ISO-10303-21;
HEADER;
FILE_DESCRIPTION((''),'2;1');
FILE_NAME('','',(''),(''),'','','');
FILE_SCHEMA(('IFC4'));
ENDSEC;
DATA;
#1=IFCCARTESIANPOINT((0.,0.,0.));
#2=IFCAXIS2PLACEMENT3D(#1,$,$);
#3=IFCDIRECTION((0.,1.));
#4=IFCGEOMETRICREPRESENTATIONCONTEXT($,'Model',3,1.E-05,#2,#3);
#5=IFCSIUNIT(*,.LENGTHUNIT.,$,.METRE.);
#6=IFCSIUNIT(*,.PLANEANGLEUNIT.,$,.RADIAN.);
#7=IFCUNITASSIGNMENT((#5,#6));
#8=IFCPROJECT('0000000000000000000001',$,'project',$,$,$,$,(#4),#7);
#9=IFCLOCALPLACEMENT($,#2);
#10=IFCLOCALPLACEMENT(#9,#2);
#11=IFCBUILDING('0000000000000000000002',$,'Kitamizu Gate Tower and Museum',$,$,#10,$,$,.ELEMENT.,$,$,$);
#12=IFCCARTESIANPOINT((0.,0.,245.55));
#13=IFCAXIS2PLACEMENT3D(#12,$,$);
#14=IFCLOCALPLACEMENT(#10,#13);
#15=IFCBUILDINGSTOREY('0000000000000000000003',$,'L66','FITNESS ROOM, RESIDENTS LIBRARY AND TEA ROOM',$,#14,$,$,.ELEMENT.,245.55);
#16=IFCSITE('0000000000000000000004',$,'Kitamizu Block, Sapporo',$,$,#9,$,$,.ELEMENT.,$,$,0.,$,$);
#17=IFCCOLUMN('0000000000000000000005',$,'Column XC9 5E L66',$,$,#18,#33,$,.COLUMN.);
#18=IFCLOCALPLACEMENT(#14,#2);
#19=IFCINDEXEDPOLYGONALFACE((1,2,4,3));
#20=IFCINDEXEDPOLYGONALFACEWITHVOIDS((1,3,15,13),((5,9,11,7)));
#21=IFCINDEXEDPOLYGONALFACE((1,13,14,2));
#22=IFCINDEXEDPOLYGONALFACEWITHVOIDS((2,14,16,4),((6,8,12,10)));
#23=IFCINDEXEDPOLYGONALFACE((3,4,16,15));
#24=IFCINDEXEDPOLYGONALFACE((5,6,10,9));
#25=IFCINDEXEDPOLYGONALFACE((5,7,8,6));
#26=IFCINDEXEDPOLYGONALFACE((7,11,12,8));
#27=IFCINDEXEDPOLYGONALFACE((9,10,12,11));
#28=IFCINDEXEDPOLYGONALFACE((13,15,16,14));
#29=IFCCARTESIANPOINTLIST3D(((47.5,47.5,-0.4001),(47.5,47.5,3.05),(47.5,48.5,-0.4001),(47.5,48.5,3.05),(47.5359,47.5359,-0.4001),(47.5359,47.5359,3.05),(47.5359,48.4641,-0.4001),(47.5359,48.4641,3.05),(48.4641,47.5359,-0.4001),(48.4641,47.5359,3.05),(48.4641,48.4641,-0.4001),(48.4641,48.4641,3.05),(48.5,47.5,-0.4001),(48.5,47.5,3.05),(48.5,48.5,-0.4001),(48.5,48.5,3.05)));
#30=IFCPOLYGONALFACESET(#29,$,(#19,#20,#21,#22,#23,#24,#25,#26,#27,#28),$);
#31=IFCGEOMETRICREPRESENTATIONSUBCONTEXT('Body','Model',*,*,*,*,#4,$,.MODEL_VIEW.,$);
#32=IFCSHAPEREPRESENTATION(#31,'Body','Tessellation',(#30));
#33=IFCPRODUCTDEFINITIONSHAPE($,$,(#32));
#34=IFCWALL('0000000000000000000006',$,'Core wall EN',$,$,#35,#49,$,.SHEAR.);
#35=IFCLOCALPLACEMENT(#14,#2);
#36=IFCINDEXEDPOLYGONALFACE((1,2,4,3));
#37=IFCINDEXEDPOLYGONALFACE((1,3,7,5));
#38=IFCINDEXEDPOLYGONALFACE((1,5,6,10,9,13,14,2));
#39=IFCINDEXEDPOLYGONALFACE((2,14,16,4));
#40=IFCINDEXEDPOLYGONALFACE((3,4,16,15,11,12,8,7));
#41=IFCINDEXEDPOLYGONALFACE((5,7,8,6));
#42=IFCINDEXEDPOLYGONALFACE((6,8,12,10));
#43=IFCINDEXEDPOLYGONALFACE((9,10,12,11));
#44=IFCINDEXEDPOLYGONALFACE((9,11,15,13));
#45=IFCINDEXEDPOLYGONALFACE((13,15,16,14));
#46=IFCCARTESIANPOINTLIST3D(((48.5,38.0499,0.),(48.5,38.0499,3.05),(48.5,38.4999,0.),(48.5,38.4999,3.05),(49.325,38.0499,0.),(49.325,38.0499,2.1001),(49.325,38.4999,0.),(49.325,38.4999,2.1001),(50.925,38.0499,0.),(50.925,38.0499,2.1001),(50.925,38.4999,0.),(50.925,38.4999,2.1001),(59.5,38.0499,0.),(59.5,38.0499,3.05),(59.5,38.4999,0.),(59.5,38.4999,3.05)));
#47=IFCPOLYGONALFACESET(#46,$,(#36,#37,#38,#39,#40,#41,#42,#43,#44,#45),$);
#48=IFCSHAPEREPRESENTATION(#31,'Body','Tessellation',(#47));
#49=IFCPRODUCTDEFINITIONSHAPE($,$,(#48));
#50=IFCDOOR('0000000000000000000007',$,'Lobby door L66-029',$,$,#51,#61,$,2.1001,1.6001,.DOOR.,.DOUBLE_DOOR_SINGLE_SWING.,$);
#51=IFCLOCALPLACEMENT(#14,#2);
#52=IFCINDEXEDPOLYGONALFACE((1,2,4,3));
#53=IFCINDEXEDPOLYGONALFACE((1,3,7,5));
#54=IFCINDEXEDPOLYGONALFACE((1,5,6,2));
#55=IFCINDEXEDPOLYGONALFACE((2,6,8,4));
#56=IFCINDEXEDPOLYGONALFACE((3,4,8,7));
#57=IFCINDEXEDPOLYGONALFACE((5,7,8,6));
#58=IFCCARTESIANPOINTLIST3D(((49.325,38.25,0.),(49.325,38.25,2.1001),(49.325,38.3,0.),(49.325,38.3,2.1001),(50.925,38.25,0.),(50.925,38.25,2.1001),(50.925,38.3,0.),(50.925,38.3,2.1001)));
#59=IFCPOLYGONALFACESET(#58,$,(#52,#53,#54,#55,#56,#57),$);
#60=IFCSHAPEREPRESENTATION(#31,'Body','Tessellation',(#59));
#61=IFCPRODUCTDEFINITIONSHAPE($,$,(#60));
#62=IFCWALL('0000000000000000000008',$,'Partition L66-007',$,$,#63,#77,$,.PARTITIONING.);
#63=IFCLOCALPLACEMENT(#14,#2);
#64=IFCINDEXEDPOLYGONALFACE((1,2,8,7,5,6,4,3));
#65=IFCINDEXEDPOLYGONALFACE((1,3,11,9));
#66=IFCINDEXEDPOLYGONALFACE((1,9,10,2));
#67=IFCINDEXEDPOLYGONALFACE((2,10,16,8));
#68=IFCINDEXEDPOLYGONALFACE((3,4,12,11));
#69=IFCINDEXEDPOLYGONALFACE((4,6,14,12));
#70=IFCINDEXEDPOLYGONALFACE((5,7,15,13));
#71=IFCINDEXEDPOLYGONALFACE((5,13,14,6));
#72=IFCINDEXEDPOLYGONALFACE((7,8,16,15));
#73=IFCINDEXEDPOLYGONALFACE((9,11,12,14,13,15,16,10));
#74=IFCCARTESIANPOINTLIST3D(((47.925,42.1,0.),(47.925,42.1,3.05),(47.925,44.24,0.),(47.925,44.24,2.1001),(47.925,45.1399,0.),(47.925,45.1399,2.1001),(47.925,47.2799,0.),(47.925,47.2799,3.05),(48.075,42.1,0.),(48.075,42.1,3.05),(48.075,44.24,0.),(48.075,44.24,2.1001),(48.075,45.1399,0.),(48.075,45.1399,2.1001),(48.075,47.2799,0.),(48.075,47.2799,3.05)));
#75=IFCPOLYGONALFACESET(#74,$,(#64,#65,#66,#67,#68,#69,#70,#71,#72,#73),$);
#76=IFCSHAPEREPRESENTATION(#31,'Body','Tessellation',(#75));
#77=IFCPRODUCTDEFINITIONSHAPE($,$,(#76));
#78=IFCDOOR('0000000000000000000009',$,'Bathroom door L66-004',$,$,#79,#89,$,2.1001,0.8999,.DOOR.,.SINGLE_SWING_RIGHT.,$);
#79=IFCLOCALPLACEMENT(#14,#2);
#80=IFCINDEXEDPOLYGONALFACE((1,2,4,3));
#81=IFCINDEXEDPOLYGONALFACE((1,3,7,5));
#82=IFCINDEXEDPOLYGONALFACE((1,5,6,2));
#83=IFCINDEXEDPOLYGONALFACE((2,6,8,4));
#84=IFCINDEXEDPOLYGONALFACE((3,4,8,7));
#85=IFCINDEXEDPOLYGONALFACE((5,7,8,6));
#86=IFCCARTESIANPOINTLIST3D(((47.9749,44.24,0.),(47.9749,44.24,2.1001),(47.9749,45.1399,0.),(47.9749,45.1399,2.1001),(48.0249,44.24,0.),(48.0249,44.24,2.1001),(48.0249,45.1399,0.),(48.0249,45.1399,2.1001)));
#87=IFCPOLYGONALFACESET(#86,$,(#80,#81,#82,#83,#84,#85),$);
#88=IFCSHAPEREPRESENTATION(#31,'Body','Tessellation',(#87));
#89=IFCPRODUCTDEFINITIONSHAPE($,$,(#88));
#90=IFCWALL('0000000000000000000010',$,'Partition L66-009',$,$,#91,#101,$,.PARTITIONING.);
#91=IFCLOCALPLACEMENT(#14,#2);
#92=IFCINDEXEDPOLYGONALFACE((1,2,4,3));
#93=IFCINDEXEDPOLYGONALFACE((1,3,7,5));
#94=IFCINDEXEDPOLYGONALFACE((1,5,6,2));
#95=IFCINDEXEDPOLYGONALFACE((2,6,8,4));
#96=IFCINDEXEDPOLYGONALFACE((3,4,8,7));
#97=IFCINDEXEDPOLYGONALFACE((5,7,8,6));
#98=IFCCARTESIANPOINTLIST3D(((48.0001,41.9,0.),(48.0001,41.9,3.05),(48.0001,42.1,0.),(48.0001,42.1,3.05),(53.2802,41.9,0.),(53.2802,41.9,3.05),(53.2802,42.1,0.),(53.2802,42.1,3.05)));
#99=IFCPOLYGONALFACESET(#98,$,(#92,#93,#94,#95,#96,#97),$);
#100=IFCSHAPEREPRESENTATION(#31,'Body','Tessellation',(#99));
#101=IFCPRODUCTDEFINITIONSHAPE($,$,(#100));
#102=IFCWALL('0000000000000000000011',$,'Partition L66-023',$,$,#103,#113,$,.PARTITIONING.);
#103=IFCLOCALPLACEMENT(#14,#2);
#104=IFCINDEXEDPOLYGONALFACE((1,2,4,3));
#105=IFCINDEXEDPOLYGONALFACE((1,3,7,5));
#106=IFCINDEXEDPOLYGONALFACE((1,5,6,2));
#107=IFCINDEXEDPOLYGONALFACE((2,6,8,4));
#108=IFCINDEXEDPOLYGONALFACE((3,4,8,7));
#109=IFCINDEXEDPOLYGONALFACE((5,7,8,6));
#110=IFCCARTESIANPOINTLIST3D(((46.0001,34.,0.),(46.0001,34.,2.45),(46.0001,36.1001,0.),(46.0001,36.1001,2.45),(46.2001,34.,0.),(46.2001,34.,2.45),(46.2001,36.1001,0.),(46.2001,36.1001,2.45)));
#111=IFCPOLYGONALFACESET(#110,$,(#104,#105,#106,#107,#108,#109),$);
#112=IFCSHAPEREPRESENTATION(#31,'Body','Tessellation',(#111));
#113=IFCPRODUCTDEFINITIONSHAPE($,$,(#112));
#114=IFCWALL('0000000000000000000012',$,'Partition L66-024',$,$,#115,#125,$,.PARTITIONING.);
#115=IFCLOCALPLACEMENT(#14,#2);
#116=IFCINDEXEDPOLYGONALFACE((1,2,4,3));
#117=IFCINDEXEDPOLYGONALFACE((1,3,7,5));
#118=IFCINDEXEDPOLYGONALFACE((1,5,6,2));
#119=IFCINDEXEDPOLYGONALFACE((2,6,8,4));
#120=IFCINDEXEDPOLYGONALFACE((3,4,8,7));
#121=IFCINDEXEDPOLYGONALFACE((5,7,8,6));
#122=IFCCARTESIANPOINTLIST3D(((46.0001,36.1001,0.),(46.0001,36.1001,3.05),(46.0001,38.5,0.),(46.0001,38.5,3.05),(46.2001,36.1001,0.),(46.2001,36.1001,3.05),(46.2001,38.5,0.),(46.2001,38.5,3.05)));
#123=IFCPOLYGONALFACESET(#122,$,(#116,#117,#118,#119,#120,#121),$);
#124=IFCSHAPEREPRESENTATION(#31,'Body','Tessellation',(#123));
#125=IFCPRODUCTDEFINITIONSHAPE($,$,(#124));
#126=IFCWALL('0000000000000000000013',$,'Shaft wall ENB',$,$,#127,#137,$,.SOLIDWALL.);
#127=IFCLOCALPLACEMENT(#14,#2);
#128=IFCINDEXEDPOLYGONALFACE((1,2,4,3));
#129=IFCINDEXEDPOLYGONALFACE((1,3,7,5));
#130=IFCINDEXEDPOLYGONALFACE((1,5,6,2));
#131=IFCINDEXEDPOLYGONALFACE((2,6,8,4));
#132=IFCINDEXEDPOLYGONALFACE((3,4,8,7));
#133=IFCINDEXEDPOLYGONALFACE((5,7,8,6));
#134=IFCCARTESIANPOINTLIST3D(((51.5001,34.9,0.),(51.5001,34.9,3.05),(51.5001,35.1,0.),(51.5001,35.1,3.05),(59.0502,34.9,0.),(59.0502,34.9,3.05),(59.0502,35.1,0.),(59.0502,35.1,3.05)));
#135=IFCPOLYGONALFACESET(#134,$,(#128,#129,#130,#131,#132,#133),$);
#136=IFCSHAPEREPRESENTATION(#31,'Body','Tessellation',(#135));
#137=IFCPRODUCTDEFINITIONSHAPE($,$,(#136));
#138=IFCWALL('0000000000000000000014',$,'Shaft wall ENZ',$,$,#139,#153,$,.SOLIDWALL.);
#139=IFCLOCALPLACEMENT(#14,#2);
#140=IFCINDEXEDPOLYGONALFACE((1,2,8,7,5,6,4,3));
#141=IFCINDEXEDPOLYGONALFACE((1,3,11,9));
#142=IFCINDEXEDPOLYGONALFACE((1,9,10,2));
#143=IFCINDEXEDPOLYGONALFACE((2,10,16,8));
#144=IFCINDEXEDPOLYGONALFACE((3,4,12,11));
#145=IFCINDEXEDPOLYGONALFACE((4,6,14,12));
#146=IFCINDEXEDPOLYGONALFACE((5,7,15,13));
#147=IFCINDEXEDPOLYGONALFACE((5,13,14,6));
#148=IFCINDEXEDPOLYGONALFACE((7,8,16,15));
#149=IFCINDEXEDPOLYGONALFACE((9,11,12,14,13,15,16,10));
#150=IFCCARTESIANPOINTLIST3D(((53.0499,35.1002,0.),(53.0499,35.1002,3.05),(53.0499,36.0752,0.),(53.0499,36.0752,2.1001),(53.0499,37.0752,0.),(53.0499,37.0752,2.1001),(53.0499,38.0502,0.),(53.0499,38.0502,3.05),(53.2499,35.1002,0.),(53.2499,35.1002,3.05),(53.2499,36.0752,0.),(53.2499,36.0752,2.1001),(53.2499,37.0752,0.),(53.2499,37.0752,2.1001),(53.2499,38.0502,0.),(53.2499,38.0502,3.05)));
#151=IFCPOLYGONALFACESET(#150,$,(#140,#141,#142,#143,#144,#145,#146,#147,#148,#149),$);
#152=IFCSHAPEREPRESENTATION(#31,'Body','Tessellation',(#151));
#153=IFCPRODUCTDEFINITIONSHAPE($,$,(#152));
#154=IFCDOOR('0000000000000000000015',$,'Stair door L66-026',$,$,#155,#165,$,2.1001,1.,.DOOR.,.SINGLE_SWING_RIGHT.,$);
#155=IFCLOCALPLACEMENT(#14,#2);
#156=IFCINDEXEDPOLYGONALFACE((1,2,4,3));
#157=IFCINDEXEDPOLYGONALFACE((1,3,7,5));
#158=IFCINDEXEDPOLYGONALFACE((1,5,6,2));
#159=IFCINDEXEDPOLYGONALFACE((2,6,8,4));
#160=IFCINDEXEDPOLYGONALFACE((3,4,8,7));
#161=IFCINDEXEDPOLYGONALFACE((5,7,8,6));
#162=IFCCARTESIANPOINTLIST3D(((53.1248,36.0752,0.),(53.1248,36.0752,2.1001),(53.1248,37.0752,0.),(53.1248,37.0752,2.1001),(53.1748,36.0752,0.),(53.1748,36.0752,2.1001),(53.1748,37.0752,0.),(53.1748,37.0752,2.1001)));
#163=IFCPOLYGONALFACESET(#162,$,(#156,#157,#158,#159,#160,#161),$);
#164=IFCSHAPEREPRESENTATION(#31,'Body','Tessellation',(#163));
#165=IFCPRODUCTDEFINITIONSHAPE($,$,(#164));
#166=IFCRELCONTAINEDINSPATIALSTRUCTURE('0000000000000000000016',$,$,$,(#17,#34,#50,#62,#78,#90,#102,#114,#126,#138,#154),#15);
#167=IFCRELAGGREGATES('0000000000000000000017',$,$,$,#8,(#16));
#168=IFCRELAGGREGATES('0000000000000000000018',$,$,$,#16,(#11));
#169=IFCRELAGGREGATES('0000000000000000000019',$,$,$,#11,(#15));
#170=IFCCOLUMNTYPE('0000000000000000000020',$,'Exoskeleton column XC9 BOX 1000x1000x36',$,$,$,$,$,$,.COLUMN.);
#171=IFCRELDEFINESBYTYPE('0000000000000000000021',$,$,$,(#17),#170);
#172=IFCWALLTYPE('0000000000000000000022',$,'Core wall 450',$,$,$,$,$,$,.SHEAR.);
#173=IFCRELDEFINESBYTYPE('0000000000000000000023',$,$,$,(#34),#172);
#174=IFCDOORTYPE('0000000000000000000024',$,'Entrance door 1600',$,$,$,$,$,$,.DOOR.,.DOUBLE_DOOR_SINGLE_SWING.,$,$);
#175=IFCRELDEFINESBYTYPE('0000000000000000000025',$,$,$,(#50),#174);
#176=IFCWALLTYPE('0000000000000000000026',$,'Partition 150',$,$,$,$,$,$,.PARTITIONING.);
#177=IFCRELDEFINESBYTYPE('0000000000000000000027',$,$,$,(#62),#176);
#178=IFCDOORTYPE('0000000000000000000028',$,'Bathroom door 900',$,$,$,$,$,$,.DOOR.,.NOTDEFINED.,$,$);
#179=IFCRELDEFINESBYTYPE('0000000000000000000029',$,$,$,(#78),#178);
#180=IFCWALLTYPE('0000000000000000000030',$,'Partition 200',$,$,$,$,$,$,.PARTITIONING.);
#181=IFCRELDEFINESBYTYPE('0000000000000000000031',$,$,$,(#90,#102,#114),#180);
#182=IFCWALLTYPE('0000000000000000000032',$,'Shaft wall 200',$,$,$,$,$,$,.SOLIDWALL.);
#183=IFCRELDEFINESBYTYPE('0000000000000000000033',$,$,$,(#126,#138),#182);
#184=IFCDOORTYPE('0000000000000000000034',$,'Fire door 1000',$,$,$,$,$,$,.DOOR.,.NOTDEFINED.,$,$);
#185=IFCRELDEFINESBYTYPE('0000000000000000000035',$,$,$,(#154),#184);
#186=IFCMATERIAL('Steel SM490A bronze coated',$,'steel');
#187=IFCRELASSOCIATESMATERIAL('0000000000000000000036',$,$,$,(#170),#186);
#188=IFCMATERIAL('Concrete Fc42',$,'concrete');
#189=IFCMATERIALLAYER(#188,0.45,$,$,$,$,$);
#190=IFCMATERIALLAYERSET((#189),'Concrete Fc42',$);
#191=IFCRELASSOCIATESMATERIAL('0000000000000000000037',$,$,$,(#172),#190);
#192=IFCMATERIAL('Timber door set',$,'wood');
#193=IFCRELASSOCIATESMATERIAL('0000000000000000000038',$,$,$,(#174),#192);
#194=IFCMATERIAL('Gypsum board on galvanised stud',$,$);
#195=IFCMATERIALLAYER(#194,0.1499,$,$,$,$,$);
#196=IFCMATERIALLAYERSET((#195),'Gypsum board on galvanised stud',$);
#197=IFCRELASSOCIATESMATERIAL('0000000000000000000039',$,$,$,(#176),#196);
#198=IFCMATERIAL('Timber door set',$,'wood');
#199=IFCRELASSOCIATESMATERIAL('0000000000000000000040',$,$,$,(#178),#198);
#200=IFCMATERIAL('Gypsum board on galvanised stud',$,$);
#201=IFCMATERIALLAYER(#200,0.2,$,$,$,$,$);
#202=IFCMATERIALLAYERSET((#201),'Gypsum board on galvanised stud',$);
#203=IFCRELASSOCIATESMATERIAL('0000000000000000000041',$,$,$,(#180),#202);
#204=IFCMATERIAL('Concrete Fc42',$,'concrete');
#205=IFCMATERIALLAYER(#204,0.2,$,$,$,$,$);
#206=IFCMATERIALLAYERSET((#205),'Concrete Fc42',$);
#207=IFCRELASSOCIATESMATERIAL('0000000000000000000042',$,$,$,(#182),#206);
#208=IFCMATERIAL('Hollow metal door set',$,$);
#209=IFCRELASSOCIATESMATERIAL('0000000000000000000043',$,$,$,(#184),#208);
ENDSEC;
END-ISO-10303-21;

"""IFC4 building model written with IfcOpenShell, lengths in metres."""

from ifc_helpers import new_model, si_unit, direction, frame, frame_2d, origin, origin_2d, place, context, subcontext, project, spatial, rectangle, hollow_rectangle, extrude, material, layer, layer_set, material_profile, profile_set, type_object, element, fill, save


model = new_model("IFC4")

# Units and contexts
model_context = context("Model", 3, precision=1e-05, world=origin(), true_north=direction((0.0, 1.0)))
body_context = subcontext(model_context, "Body", "Model", "MODEL_VIEW")
ifc_project = project(units=[si_unit("LENGTHUNIT", "METRE"), si_unit("PLANEANGLEUNIT", "RADIAN")], contexts=[model_context])

# Site, building, storey
site_placement = place(None, origin())
site = spatial("IfcSite", under=ifc_project, at=site_placement, Name="Kitamizu Block, Sapporo", CompositionType="ELEMENT", RefElevation=0.0)
building_placement = place(site_placement, origin())
building = spatial("IfcBuilding", under=site, at=building_placement, Name="Kitamizu Gate Tower and Museum", CompositionType="ELEMENT")
storey_placement = place(building_placement, frame((0.0, 0.0, 245.55)))
storey = spatial("IfcBuildingStorey", under=building, at=storey_placement, Name="L66", Description="FITNESS ROOM, RESIDENTS LIBRARY AND TEA ROOM", CompositionType="ELEMENT", Elevation=245.55)

# Column
ifc_material_1 = material(Name="Steel SM490A bronze coated", Category="steel")
ifc_material_profile = material_profile(ifc_material_1, hollow_rectangle(XDim=1.0, YDim=1.0, WallThickness=0.0359, at=origin_2d()), Name="BOX 1000x1000x36")
ifc_profile_set = profile_set([ifc_material_profile], Name="Steel SM490A bronze coated")
column_type = type_object("IfcColumnType", Name="Exoskeleton column XC9 BOX 1000x1000x36", PredefinedType="COLUMN", material=ifc_profile_set)
column_placement = place(storey_placement, frame((48.0, 48.0, -0.4001), z_axis=(0.0, 0.0, 1.0), x_axis=(1.0, 0.0, 0.0)))
element("IfcColumn", 1, at=column_placement, inside=storey, type_object=column_type, Name="Column XC9 5E L66", PredefinedType="COLUMN", context=body_context, shape_type="SweptSolid", body=[
    extrude(hollow_rectangle(XDim=1.0, YDim=1.0, WallThickness=0.0359, at=origin_2d()), origin(), (0.0, 0.0, 1.0), 3.4502),
])

# Walls, openings, doors
ifc_material_2 = material(Name="Concrete Fc42", Category="concrete")
ifc_layer_1 = layer(ifc_material_2, 0.45)
ifc_layer_set_1 = layer_set([ifc_layer_1], Name="Concrete Fc42")
wall_type_1 = type_object("IfcWallType", Name="Core wall 450", PredefinedType="SHEAR", material=ifc_layer_set_1)
wall_1_placement = place(storey_placement, frame((59.5, 38.2749, 0.0), z_axis=(0.0, 0.0, 1.0), x_axis=(-1.0, 0.0, 0.0)))
wall_1 = element("IfcWall", 2, at=wall_1_placement, inside=storey, type_object=wall_type_1, Name="Core wall EN", PredefinedType="SHEAR", context=body_context, shape_type="SweptSolid", body=[
    extrude(rectangle(XDim=11.0, YDim=0.45, at=frame_2d((5.5, 0.0))), origin(), (0.0, 0.0, 1.0), 3.05),
])
opening_1_placement = place(wall_1_placement, frame((8.575, 0.0, 0.0)))
opening_1 = element("IfcOpeningElement", 3, at=opening_1_placement, cuts=wall_1, PredefinedType="OPENING", context=body_context, shape_type="SweptSolid", body=[
    extrude(rectangle(XDim=1.6001, YDim=2.1001, at=frame_2d((0.8, 1.05))), frame((0.0, 0.2349, 0.0), z_axis=(0.0, -1.0, 0.0), x_axis=(1.0, 0.0, 0.0)), (0.0, 0.0, 1.0), 0.47),
])
ifc_material_3 = material(Name="Timber door set", Category="wood")
door_type_1 = type_object("IfcDoorType", Name="Entrance door 1600", OperationType="DOUBLE_DOOR_SINGLE_SWING", PredefinedType="DOOR", material=ifc_material_3)
door_1_placement = place(opening_1_placement, origin())
door_1 = element("IfcDoor", 4, at=door_1_placement, inside=storey, type_object=door_type_1, Name="Lobby door L66-029", OperationType="DOUBLE_DOOR_SINGLE_SWING", OverallHeight=2.1001, OverallWidth=1.6001, PredefinedType="DOOR", context=body_context, shape_type="SweptSolid", body=[
    extrude(rectangle(XDim=1.6001, YDim=2.1001, at=frame_2d((0.8, 1.05))), frame((0.0, 0.0249, 0.0), z_axis=(0.0, -1.0, 0.0), x_axis=(1.0, 0.0, 0.0)), (0.0, 0.0, 1.0), 0.05),
])
fill(opening_1, door_1)
ifc_material_4 = material(Name="Gypsum board on galvanised stud")
ifc_layer_2 = layer(ifc_material_4, 0.1499)
ifc_layer_set_2 = layer_set([ifc_layer_2], Name="Gypsum board on galvanised stud")
wall_type_2 = type_object("IfcWallType", Name="Partition 150", PredefinedType="PARTITIONING", material=ifc_layer_set_2)
wall_2_placement = place(storey_placement, frame((48.0, 42.1001, 0.0), z_axis=(0.0, 0.0, 1.0), x_axis=(0.0, 1.0, 0.0)))
wall_2 = element("IfcWall", 5, at=wall_2_placement, inside=storey, type_object=wall_type_2, Name="Partition L66-007", PredefinedType="PARTITIONING", context=body_context, shape_type="SweptSolid", body=[
    extrude(rectangle(XDim=5.1799, YDim=0.1499, at=frame_2d((2.5898, 0.0))), origin(), (0.0, 0.0, 1.0), 3.05),
])
opening_2_placement = place(wall_2_placement, frame((2.1399, 0.0, 0.0)))
opening_2 = element("IfcOpeningElement", 6, at=opening_2_placement, cuts=wall_2, PredefinedType="OPENING", context=body_context, shape_type="SweptSolid", body=[
    extrude(rectangle(XDim=0.8999, YDim=2.1001, at=frame_2d((0.45, 1.05))), frame((0.0, 0.085, 0.0), z_axis=(0.0, -1.0, 0.0), x_axis=(1.0, 0.0, 0.0)), (0.0, 0.0, 1.0), 0.1699),
])
ifc_material_5 = material(Name="Timber door set", Category="wood")
door_type_2 = type_object("IfcDoorType", Name="Bathroom door 900", OperationType="NOTDEFINED", PredefinedType="DOOR", material=ifc_material_5)
door_2_placement = place(opening_2_placement, frame((0.8999, 0.0, 0.0), x_axis=(-1.0, 0.0, 0.0)))
door_2 = element("IfcDoor", 7, at=door_2_placement, inside=storey, type_object=door_type_2, Name="Bathroom door L66-004", OperationType="SINGLE_SWING_RIGHT", OverallHeight=2.1001, OverallWidth=0.8999, PredefinedType="DOOR", context=body_context, shape_type="SweptSolid", body=[
    extrude(rectangle(XDim=0.8999, YDim=2.1001, at=frame_2d((0.45, 1.05))), frame((0.0, 0.0249, 0.0), z_axis=(0.0, -1.0, 0.0), x_axis=(1.0, 0.0, 0.0)), (0.0, 0.0, 1.0), 0.05),
])
fill(opening_2, door_2)

# Walls
ifc_material_6 = material(Name="Gypsum board on galvanised stud")
ifc_layer_3 = layer(ifc_material_6, 0.2)
ifc_layer_set_3 = layer_set([ifc_layer_3], Name="Gypsum board on galvanised stud")
wall_type_3 = type_object("IfcWallType", Name="Partition 200", PredefinedType="PARTITIONING", material=ifc_layer_set_3)
wall_3_placement = place(storey_placement, frame((48.0, 42.0, 0.0), z_axis=(0.0, 0.0, 1.0), x_axis=(1.0, 0.0, 0.0)))
element("IfcWall", 8, at=wall_3_placement, inside=storey, type_object=wall_type_3, Name="Partition L66-009", PredefinedType="PARTITIONING", context=body_context, shape_type="SweptSolid", body=[
    extrude(rectangle(XDim=5.28, YDim=0.2, at=frame_2d((2.6401, 0.0))), origin(), (0.0, 0.0, 1.0), 3.05),
])
wall_4_placement = place(storey_placement, frame((46.1001, 34.0, 0.0), z_axis=(0.0, 0.0, 1.0), x_axis=(0.0, 1.0, 0.0)))
element("IfcWall", 9, at=wall_4_placement, inside=storey, type_object=wall_type_3, Name="Partition L66-023", PredefinedType="PARTITIONING", context=body_context, shape_type="SweptSolid", body=[
    extrude(rectangle(XDim=2.1001, YDim=0.2, at=frame_2d((1.05, 0.0))), origin(), (0.0, 0.0, 1.0), 2.45),
])
wall_5_placement = place(storey_placement, frame((46.1001, 36.1001, 0.0), z_axis=(0.0, 0.0, 1.0), x_axis=(0.0, 1.0, 0.0)))
element("IfcWall", 10, at=wall_5_placement, inside=storey, type_object=wall_type_3, Name="Partition L66-024", PredefinedType="PARTITIONING", context=body_context, shape_type="SweptSolid", body=[
    extrude(rectangle(XDim=2.3999, YDim=0.2, at=frame_2d((1.2, 0.0))), origin(), (0.0, 0.0, 1.0), 3.05),
])
ifc_material_7 = material(Name="Concrete Fc42", Category="concrete")
ifc_layer_4 = layer(ifc_material_7, 0.2)
ifc_layer_set_4 = layer_set([ifc_layer_4], Name="Concrete Fc42")
wall_type_4 = type_object("IfcWallType", Name="Shaft wall 200", PredefinedType="SOLIDWALL", material=ifc_layer_set_4)
wall_6_placement = place(storey_placement, frame((59.05, 35.0, 0.0), z_axis=(0.0, 0.0, 1.0), x_axis=(-1.0, 0.0, 0.0)))
element("IfcWall", 11, at=wall_6_placement, inside=storey, type_object=wall_type_4, Name="Shaft wall ENB", PredefinedType="SOLIDWALL", context=body_context, shape_type="SweptSolid", body=[
    extrude(rectangle(XDim=7.55, YDim=0.2, at=frame_2d((3.7749, 0.0))), origin(), (0.0, 0.0, 1.0), 3.05),
])

# Wall, opening, door
wall_7_placement = place(storey_placement, frame((53.1499, 35.1001, 0.0), z_axis=(0.0, 0.0, 1.0), x_axis=(0.0, 1.0, 0.0)))
wall_7 = element("IfcWall", 12, at=wall_7_placement, inside=storey, type_object=wall_type_4, Name="Shaft wall ENZ", PredefinedType="SOLIDWALL", context=body_context, shape_type="SweptSolid", body=[
    extrude(rectangle(XDim=2.95, YDim=0.2, at=frame_2d((1.4751, 0.0))), origin(), (0.0, 0.0, 1.0), 3.05),
])
opening_3_placement = place(wall_7_placement, frame((0.9751, 0.0, 0.0)))
opening_3 = element("IfcOpeningElement", 13, at=opening_3_placement, cuts=wall_7, PredefinedType="OPENING", context=body_context, shape_type="SweptSolid", body=[
    extrude(rectangle(XDim=1.0, YDim=2.1001, at=frame_2d((0.5, 1.05))), frame((0.0, 0.1099, 0.0), z_axis=(0.0, -1.0, 0.0), x_axis=(1.0, 0.0, 0.0)), (0.0, 0.0, 1.0), 0.22),
])
ifc_material_8 = material(Name="Hollow metal door set")
door_type_3 = type_object("IfcDoorType", Name="Fire door 1000", OperationType="NOTDEFINED", PredefinedType="DOOR", material=ifc_material_8)
door_3_placement = place(opening_3_placement, frame((1.0, 0.0, 0.0), x_axis=(-1.0, 0.0, 0.0)))
door_3 = element("IfcDoor", 14, at=door_3_placement, inside=storey, type_object=door_type_3, Name="Stair door L66-026", OperationType="SINGLE_SWING_RIGHT", OverallHeight=2.1001, OverallWidth=1.0, PredefinedType="DOOR", context=body_context, shape_type="SweptSolid", body=[
    extrude(rectangle(XDim=1.0, YDim=2.1001, at=frame_2d((0.5, 1.05))), frame((0.0, 0.0249, 0.0), z_axis=(0.0, -1.0, 0.0), x_axis=(1.0, 0.0, 0.0)), (0.0, 0.0, 1.0), 0.05),
])
fill(opening_3, door_3)

save(model, "model.ifc")
